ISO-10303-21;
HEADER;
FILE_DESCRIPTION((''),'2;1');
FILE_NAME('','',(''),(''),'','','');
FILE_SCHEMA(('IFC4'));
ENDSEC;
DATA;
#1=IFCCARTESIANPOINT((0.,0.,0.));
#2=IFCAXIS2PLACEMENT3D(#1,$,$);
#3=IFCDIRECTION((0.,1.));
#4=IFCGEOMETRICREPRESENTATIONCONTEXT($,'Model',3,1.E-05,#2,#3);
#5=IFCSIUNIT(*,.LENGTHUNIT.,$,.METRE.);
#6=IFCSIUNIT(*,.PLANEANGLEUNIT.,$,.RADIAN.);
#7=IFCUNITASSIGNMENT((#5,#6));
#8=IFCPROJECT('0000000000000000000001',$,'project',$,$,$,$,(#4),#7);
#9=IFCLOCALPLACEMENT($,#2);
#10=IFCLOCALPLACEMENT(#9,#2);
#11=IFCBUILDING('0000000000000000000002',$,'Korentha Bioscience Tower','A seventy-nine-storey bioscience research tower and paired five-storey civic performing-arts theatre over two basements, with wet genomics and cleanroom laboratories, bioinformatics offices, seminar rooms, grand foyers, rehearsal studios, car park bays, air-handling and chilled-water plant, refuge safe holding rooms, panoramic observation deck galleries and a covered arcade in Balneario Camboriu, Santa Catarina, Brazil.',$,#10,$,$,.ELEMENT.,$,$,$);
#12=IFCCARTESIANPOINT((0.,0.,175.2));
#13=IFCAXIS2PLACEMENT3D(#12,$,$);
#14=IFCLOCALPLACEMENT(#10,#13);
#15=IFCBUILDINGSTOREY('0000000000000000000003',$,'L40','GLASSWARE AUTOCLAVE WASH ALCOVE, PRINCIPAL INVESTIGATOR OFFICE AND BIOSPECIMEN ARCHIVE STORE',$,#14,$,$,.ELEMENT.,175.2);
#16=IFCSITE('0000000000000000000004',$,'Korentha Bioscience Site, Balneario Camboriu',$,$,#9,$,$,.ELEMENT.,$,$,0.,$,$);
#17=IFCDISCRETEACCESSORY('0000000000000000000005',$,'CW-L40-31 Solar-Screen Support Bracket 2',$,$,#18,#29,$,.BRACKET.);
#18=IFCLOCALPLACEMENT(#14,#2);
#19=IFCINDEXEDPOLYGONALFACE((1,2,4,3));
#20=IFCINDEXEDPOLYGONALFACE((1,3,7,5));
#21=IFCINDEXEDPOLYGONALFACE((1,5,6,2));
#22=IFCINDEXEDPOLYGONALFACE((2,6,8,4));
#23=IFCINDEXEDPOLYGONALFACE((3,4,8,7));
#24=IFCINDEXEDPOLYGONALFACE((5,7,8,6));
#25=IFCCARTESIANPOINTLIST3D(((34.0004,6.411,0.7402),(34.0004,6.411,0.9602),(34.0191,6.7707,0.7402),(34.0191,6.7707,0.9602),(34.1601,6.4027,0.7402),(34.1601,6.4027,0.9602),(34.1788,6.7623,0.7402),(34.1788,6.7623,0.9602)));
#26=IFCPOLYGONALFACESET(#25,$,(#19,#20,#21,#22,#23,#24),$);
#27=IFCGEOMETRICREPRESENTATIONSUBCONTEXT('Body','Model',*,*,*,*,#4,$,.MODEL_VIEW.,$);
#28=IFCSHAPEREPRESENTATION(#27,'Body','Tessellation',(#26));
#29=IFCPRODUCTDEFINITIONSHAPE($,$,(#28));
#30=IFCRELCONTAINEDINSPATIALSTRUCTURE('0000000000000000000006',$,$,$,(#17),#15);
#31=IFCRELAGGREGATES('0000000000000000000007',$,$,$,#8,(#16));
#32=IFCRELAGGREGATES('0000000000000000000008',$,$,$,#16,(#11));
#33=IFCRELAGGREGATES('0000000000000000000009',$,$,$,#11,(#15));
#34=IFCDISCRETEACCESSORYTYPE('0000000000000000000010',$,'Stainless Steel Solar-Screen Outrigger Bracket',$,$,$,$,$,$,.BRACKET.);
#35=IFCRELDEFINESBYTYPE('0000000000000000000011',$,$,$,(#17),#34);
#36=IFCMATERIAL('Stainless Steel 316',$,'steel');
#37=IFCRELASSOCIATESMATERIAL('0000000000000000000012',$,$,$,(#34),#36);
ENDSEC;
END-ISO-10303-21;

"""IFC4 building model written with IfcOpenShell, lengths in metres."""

from ifc_helpers import new_model, si_unit, direction, frame, origin, origin_2d, place, context, subcontext, project, spatial, rectangle, extrude, material, type_object, element, save


model = new_model("IFC4")

# Units and contexts
model_context = context("Model", 3, precision=1e-05, world=origin(), true_north=direction((0.0, 1.0)))
body_context = subcontext(model_context, "Body", "Model", "MODEL_VIEW")
ifc_project = project(units=[si_unit("LENGTHUNIT", "METRE"), si_unit("PLANEANGLEUNIT", "RADIAN")], contexts=[model_context])

# Site, building, storey
site_placement = place(None, origin())
site = spatial("IfcSite", under=ifc_project, at=site_placement, Name="Korentha Bioscience Site, Balneario Camboriu", CompositionType="ELEMENT", RefElevation=0.0)
building_placement = place(site_placement, origin())
building = spatial("IfcBuilding", under=site, at=building_placement, Name="Korentha Bioscience Tower", Description="A seventy-nine-storey bioscience research tower and paired five-storey civic performing-arts theatre over two basements, with wet genomics and cleanroom laboratories, bioinformatics offices, seminar rooms, grand foyers, rehearsal studios, car park bays, air-handling and chilled-water plant, refuge safe holding rooms, panoramic observation deck galleries and a covered arcade in Balneario Camboriu, Santa Catarina, Brazil.", CompositionType="ELEMENT")
storey_placement = place(building_placement, frame((0.0, 0.0, 175.2)))
storey = spatial("IfcBuildingStorey", under=building, at=storey_placement, Name="L40", Description="GLASSWARE AUTOCLAVE WASH ALCOVE, PRINCIPAL INVESTIGATOR OFFICE AND BIOSPECIMEN ARCHIVE STORE", CompositionType="ELEMENT", Elevation=175.2)

# Discrete accessory
ifc_material_1 = material(Name="Stainless Steel 316", Category="steel")
discrete_accessory_type = type_object("IfcDiscreteAccessoryType", Name="Stainless Steel Solar-Screen Outrigger Bracket", PredefinedType="BRACKET", material=ifc_material_1)
for number, where, z_axis, x_axis, name in (
    (1, (34.0896, 6.5867, 0.7402), (0.0, 0.0, 1.0), (0.998638, -0.05218, 0.0), "CW-L40-31 Solar-Screen Support Bracket 2"),
):
    element("IfcDiscreteAccessory", number, at=place(storey_placement, frame(where, z_axis=z_axis, x_axis=x_axis)), inside=storey, type_object=discrete_accessory_type, Name=name, PredefinedType="BRACKET", context=body_context, shape_type="SweptSolid", body=[
        extrude(rectangle(XDim=0.1599, YDim=0.3601, at=origin_2d()), origin(), (0.0, 0.0, 1.0), 0.22),
    ])

save(model, "model.ifc")
